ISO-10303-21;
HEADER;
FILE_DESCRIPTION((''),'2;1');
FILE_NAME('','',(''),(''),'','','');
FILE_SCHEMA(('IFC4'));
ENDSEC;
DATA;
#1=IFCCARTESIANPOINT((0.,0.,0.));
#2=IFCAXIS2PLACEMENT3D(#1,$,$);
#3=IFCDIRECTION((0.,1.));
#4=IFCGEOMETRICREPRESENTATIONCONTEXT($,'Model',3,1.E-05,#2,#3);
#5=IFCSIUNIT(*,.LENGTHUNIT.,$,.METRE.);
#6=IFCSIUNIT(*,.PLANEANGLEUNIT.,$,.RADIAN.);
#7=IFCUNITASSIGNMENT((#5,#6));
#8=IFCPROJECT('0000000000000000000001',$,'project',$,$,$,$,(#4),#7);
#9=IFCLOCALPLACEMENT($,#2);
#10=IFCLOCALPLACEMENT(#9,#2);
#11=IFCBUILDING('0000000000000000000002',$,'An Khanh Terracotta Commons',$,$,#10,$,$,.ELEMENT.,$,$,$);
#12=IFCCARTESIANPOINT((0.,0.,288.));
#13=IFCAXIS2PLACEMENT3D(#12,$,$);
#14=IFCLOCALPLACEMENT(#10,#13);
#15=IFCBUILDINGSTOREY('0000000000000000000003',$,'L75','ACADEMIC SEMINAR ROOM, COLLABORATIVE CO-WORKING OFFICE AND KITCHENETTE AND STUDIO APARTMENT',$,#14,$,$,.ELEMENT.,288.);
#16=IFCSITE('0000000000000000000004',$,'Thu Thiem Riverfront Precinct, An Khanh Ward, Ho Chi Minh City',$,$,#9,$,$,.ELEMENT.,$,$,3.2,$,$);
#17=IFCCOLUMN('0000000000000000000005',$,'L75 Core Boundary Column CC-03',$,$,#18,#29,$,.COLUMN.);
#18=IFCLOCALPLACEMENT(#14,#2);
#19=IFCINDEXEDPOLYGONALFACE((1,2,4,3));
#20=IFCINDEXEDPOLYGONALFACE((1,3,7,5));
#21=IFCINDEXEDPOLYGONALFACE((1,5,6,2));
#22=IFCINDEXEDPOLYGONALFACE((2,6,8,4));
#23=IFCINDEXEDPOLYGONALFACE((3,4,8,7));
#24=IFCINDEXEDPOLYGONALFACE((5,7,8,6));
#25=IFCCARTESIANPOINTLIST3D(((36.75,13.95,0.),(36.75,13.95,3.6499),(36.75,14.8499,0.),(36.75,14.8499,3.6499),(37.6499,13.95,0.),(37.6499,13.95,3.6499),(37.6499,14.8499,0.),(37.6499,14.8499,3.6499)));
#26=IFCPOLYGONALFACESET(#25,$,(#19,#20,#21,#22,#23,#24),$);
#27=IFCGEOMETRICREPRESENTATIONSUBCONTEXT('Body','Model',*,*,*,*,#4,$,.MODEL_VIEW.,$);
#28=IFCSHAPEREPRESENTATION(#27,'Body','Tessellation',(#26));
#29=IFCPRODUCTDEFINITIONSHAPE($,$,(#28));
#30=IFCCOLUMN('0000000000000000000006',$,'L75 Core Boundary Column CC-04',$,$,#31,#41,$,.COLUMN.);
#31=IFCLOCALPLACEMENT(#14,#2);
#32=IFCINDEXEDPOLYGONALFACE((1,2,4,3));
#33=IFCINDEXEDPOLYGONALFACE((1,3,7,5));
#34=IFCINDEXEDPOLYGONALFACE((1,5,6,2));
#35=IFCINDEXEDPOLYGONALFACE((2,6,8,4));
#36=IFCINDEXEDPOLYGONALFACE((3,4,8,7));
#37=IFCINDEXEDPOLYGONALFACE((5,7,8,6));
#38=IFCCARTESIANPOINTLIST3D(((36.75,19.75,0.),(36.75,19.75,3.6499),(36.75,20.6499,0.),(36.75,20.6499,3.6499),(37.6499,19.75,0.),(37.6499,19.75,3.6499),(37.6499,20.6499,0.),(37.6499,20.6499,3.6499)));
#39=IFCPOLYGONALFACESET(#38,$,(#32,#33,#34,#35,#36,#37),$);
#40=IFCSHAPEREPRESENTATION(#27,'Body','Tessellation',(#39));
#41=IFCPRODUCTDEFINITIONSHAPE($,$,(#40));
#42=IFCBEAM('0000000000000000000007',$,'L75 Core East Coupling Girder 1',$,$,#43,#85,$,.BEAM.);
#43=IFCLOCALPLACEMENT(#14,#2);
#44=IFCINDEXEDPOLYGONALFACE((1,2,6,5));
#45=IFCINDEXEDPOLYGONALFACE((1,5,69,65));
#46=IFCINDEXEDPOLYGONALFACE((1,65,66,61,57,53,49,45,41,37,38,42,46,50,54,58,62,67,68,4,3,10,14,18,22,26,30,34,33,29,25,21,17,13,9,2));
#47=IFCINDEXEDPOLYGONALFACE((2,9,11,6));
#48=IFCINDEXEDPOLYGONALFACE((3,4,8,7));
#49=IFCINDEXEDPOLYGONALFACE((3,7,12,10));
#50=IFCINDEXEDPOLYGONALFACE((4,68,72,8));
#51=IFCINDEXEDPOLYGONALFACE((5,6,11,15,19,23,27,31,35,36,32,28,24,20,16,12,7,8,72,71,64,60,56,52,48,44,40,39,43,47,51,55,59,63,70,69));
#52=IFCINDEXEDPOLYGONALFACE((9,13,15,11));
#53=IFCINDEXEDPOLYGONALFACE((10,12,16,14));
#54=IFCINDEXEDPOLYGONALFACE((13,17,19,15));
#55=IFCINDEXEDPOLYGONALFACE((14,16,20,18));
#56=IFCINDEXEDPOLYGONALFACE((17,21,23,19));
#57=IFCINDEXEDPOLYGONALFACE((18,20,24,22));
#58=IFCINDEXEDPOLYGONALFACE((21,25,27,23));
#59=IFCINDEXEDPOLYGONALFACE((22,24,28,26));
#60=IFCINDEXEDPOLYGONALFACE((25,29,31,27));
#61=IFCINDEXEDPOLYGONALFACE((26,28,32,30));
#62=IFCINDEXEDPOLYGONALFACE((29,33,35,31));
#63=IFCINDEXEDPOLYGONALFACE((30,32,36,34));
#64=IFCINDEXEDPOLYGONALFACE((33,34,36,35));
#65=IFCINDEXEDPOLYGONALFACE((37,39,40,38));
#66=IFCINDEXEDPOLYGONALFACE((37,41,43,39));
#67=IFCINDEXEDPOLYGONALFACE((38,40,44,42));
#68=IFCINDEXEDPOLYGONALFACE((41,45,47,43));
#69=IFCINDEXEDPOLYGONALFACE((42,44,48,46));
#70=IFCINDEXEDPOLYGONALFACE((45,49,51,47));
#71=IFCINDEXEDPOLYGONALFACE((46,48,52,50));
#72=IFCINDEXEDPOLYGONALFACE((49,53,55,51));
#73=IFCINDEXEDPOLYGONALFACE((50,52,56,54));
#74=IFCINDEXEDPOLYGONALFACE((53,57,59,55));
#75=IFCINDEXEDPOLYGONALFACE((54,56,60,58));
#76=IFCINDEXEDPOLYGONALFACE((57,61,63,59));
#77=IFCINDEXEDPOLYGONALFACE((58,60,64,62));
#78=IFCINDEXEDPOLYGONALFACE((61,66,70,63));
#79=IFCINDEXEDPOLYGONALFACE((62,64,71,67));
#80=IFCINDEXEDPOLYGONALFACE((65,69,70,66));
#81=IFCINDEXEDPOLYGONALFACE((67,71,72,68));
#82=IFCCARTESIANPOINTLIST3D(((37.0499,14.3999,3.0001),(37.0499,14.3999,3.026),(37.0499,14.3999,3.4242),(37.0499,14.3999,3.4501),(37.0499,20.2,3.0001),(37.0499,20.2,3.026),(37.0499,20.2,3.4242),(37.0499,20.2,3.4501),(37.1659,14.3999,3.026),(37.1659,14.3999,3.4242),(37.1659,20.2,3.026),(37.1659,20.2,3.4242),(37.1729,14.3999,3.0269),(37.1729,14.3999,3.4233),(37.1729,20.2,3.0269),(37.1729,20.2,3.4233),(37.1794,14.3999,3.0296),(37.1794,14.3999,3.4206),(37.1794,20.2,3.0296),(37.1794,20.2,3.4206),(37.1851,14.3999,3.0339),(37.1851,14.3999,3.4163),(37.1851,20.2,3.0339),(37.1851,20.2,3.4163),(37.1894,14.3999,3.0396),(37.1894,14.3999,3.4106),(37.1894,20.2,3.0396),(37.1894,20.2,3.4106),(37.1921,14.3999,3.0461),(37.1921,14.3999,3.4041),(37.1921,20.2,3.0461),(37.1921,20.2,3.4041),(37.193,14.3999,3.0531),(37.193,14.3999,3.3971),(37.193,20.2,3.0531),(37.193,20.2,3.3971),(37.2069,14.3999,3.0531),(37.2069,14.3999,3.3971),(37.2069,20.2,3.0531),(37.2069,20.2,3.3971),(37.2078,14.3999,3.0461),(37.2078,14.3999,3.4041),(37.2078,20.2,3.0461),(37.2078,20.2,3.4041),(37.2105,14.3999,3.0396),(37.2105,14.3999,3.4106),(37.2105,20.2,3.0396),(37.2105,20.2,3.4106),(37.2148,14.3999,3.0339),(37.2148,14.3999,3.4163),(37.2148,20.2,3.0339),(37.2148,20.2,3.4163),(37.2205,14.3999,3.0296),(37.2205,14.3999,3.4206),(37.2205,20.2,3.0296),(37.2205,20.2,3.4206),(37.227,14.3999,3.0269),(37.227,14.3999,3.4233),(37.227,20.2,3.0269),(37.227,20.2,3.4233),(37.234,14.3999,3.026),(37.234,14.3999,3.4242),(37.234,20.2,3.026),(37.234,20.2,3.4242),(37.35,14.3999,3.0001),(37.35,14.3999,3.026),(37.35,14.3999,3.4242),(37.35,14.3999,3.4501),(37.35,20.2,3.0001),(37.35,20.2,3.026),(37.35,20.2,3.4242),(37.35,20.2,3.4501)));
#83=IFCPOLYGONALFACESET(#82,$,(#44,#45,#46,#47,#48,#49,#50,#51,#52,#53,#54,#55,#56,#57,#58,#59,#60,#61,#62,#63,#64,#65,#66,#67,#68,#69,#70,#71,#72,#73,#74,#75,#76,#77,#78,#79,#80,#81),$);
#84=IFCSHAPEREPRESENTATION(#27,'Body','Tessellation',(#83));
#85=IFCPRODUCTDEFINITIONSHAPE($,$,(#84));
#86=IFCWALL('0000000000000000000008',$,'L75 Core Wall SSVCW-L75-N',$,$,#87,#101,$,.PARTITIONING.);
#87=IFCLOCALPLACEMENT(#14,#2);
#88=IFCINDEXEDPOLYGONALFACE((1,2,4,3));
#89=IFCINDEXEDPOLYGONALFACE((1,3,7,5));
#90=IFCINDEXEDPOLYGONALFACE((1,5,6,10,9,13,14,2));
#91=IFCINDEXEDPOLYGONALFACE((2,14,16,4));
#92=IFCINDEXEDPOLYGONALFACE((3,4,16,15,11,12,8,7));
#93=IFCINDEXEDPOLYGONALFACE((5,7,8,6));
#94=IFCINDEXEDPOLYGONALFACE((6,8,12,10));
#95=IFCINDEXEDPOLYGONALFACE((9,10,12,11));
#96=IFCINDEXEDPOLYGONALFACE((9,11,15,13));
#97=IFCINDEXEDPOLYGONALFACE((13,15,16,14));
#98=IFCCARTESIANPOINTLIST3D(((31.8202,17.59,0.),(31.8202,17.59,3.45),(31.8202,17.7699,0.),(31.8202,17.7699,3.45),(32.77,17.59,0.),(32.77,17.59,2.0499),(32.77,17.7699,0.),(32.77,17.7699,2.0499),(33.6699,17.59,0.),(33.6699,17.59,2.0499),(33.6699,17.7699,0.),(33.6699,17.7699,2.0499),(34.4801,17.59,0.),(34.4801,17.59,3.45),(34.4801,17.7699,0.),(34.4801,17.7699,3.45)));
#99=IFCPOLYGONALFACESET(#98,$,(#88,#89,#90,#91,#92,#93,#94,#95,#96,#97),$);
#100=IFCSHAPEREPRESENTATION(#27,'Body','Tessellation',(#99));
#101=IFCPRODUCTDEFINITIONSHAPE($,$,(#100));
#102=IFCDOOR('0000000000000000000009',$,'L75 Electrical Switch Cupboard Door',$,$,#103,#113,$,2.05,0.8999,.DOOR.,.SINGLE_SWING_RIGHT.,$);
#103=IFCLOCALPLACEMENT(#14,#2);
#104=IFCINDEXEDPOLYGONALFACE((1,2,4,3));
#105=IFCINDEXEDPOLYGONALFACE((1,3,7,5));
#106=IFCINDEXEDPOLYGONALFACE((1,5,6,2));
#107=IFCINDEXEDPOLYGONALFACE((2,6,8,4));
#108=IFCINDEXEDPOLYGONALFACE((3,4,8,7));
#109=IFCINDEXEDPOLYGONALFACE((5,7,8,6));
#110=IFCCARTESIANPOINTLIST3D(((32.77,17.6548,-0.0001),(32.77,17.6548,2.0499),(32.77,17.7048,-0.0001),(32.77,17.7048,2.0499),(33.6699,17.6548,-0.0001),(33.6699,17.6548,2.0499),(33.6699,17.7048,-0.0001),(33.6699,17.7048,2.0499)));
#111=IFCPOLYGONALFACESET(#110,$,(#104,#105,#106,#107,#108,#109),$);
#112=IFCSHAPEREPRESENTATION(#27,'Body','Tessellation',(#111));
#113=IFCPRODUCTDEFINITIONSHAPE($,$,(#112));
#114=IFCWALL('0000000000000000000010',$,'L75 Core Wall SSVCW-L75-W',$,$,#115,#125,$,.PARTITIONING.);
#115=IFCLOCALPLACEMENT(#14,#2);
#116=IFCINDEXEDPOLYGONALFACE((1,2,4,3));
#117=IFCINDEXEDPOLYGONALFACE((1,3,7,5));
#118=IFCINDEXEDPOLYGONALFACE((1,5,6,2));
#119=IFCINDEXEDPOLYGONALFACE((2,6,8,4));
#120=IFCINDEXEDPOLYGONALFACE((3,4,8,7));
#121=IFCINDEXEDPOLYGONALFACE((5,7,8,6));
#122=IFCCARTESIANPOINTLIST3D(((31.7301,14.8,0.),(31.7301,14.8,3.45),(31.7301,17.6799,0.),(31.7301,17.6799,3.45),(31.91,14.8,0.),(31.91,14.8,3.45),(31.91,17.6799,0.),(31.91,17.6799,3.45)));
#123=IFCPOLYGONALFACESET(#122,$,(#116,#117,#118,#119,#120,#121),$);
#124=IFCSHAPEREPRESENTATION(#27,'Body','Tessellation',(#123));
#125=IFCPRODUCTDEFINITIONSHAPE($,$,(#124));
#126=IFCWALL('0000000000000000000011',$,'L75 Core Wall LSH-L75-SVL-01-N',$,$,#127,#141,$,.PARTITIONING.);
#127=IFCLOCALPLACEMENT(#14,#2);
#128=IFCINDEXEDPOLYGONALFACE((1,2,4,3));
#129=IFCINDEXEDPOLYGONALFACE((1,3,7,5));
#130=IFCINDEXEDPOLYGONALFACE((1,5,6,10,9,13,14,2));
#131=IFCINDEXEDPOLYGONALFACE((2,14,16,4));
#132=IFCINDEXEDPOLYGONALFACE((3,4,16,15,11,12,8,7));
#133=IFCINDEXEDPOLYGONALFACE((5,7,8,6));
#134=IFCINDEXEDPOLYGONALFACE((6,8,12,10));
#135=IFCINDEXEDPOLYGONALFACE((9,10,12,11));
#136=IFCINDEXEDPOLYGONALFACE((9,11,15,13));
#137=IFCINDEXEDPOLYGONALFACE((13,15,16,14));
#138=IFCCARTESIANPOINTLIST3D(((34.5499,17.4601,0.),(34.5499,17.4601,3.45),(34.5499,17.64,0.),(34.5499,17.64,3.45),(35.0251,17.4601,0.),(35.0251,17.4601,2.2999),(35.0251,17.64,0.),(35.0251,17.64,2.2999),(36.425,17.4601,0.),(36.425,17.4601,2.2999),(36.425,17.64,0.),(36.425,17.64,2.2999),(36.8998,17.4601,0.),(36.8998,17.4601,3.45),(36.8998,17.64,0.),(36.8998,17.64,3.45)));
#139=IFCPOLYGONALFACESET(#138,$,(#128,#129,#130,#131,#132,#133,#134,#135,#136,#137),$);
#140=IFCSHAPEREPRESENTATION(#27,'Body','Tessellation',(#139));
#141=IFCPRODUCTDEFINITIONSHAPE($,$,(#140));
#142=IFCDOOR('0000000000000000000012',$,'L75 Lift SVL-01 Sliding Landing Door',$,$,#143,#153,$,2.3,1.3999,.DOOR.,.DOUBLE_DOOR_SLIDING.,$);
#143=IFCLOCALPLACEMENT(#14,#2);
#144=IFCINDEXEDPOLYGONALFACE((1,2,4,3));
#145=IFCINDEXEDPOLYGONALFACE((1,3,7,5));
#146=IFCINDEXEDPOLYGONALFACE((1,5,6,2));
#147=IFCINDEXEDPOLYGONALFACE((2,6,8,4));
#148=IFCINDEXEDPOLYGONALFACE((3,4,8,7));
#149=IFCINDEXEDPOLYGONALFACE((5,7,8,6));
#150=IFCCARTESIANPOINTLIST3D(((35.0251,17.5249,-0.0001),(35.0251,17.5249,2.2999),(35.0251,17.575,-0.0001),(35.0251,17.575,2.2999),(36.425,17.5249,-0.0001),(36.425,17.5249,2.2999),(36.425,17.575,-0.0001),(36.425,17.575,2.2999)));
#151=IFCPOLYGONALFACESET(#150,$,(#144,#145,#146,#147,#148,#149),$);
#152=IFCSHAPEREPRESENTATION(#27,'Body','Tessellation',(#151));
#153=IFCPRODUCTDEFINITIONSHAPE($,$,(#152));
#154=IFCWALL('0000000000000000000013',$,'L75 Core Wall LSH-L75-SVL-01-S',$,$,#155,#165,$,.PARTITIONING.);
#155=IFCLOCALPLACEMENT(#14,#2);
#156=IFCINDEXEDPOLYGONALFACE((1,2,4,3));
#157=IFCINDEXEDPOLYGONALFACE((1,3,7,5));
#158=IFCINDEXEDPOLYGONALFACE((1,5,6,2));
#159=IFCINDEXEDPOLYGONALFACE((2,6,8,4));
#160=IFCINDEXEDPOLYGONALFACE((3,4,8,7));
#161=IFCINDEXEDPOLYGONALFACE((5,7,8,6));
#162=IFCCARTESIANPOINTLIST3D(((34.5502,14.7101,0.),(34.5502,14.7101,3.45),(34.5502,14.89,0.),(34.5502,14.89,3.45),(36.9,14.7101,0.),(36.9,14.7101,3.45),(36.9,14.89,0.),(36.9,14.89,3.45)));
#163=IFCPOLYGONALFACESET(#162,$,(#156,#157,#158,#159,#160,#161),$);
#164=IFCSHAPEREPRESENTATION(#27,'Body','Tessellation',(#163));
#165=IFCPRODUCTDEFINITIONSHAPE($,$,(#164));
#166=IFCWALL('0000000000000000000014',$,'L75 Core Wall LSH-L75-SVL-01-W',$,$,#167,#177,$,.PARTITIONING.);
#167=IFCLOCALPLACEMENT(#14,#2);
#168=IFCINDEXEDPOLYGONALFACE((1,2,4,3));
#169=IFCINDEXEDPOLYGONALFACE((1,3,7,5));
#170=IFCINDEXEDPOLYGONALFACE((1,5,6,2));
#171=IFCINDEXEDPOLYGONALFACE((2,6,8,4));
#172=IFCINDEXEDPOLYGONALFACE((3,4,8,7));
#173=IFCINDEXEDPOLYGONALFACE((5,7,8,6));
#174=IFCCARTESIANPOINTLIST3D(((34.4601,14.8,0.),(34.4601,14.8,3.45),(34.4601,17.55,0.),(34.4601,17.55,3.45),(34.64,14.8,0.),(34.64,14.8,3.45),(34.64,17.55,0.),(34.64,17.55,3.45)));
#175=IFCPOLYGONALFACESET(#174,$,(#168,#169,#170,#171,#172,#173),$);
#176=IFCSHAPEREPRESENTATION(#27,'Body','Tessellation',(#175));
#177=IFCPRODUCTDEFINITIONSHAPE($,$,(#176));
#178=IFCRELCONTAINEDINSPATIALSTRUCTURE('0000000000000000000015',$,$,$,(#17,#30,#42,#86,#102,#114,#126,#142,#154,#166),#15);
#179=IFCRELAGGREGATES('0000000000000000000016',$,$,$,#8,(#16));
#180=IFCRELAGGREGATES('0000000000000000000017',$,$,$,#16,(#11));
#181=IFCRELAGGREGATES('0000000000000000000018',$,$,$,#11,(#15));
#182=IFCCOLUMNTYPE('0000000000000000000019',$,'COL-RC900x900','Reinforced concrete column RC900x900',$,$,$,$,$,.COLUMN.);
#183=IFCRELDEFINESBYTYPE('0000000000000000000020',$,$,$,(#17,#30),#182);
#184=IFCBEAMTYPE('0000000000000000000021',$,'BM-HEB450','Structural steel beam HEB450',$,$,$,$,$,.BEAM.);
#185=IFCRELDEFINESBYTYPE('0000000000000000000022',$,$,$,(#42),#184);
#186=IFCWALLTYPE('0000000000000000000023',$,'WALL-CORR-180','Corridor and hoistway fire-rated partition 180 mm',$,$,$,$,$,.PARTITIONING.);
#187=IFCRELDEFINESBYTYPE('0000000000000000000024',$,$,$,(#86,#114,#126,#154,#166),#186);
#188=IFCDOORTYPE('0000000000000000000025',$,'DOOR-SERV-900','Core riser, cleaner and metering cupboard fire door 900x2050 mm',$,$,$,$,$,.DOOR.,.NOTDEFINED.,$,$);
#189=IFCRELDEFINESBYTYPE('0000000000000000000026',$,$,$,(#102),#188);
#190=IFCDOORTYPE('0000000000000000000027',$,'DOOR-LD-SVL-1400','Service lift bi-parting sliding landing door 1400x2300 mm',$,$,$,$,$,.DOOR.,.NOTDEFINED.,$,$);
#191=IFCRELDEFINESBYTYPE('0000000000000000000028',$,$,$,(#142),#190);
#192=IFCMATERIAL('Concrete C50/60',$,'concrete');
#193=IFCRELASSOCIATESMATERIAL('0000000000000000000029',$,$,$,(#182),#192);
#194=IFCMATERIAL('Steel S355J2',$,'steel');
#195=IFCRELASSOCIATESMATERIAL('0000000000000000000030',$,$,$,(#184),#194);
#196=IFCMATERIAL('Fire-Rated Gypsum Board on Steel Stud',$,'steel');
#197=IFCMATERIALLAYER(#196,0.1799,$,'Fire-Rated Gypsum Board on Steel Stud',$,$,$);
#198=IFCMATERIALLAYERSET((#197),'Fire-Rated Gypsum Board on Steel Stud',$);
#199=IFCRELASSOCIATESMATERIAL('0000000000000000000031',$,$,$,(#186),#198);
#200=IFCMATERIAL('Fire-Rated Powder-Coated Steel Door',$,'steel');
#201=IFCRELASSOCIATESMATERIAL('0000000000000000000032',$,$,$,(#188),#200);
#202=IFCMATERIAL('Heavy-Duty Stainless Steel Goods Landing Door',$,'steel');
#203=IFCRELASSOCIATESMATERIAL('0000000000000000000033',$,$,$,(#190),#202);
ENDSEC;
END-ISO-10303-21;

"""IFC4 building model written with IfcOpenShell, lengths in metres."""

from ifc_helpers import new_model, si_unit, direction, frame, frame_2d, origin, origin_2d, place, context, subcontext, project, spatial, rectangle, i_section, extrude, material, layer, layer_set, material_profile, profile_set, type_object, element, fill, save


model = new_model("IFC4")

# Units and contexts
model_context = context("Model", 3, precision=1e-05, world=origin(), true_north=direction((0.0, 1.0)))
body_context = subcontext(model_context, "Body", "Model", "MODEL_VIEW")
ifc_project = project(units=[si_unit("LENGTHUNIT", "METRE"), si_unit("PLANEANGLEUNIT", "RADIAN")], contexts=[model_context])

# Site, building, storey
site_placement = place(None, origin())
site = spatial("IfcSite", under=ifc_project, at=site_placement, Name="Thu Thiem Riverfront Precinct, An Khanh Ward, Ho Chi Minh City", CompositionType="ELEMENT", RefElevation=3.2)
building_placement = place(site_placement, origin())
building = spatial("IfcBuilding", under=site, at=building_placement, Name="An Khanh Terracotta Commons", CompositionType="ELEMENT")
storey_placement = place(building_placement, frame((0.0, 0.0, 288.0)))
storey = spatial("IfcBuildingStorey", under=building, at=storey_placement, Name="L75", Description="ACADEMIC SEMINAR ROOM, COLLABORATIVE CO-WORKING OFFICE AND KITCHENETTE AND STUDIO APARTMENT", CompositionType="ELEMENT", Elevation=288.0)

# Columns
ifc_material_1 = material(Name="Concrete C50/60", Category="concrete")
ifc_material_profile_1 = material_profile(ifc_material_1, rectangle(XDim=0.8999, YDim=0.8999, at=origin_2d()), Name="RC900x900")
ifc_profile_set_1 = profile_set([ifc_material_profile_1], Name="Concrete C50/60")
column_type = type_object("IfcColumnType", Name="COL-RC900x900", Description="Reinforced concrete column RC900x900", PredefinedType="COLUMN", material=ifc_profile_set_1)
for number, where, z_axis, x_axis, name in (
    (1, (37.2, 14.3999, 0.0), (0.0, 0.0, 1.0), (1.0, 0.0, 0.0), "L75 Core Boundary Column CC-03"),
    (2, (37.2, 20.2, 0.0), (0.0, 0.0, 1.0), (1.0, 0.0, 0.0), "L75 Core Boundary Column CC-04"),
):
    element("IfcColumn", number, at=place(storey_placement, frame(where, z_axis=z_axis, x_axis=x_axis)), inside=storey, type_object=column_type, Name=name, PredefinedType="COLUMN", context=body_context, shape_type="SweptSolid", body=[
        extrude(rectangle(XDim=0.8999, YDim=0.8999, at=origin_2d()), origin(), (0.0, 0.0, 1.0), 3.6499),
    ])

# Beam
ifc_material_2 = material(Name="Steel S355J2", Category="steel")
ifc_material_profile_2 = material_profile(ifc_material_2, i_section(OverallWidth=0.3, OverallDepth=0.45, WebThickness=0.0139, FlangeThickness=0.0259, FilletRadius=0.0271, at=origin_2d()), Name="HEB450")
ifc_profile_set_2 = profile_set([ifc_material_profile_2], Name="Steel S355J2")
beam_type = type_object("IfcBeamType", Name="BM-HEB450", Description="Structural steel beam HEB450", PredefinedType="BEAM", material=ifc_profile_set_2)
beam_placement = place(storey_placement, frame((37.2, 14.3999, 3.2251), z_axis=(0.0, 1.0, 0.0), x_axis=(-1.0, 0.0, 0.0)))
element("IfcBeam", 3, at=beam_placement, inside=storey, type_object=beam_type, Name="L75 Core East Coupling Girder 1", PredefinedType="BEAM", context=body_context, shape_type="SweptSolid", body=[
    extrude(i_section(OverallWidth=0.3, OverallDepth=0.45, WebThickness=0.0139, FlangeThickness=0.0259, FilletRadius=0.0271, at=origin_2d()), origin(), (0.0, 0.0, 1.0), 5.8),
])

# Wall, opening, door
ifc_material_3 = material(Name="Fire-Rated Gypsum Board on Steel Stud", Category="steel")
ifc_layer_1 = layer(ifc_material_3, 0.1799, Name="Fire-Rated Gypsum Board on Steel Stud")
ifc_layer_set_1 = layer_set([ifc_layer_1], Name="Fire-Rated Gypsum Board on Steel Stud")
wall_type_1 = type_object("IfcWallType", Name="WALL-CORR-180", Description="Corridor and hoistway fire-rated partition 180 mm", PredefinedType="PARTITIONING", material=ifc_layer_set_1)
wall_1_placement = place(storey_placement, frame((31.8201, 17.6799, 0.0), z_axis=(0.0, 0.0, 1.0), x_axis=(1.0, 0.0, 0.0)))
wall_1 = element("IfcWall", 4, at=wall_1_placement, inside=storey, type_object=wall_type_1, Name="L75 Core Wall SSVCW-L75-N", PredefinedType="PARTITIONING", context=body_context, shape_type="SweptSolid", body=[
    extrude(rectangle(XDim=2.6599, YDim=0.1799, at=frame_2d((1.3301, 0.0))), origin(), (0.0, 0.0, 1.0), 3.45),
])
opening_1_placement = place(wall_1_placement, frame((0.95, 0.0, 0.0)))
opening_1 = element("IfcOpeningElement", 5, at=opening_1_placement, cuts=wall_1, PredefinedType="OPENING", context=body_context, shape_type="SweptSolid", body=[
    extrude(rectangle(XDim=0.8999, YDim=2.05, at=frame_2d((0.45, 1.0249))), frame((0.0, 0.0999, 0.0), z_axis=(0.0, -1.0, 0.0), x_axis=(1.0, 0.0, 0.0)), (0.0, 0.0, 1.0), 0.2),
])
ifc_material_4 = material(Name="Fire-Rated Powder-Coated Steel Door", Category="steel")
door_type_1 = type_object("IfcDoorType", Name="DOOR-SERV-900", Description="Core riser, cleaner and metering cupboard fire door 900x2050 mm", OperationType="NOTDEFINED", PredefinedType="DOOR", material=ifc_material_4)
door_1_placement = place(opening_1_placement, origin())
door_1 = element("IfcDoor", 6, at=door_1_placement, inside=storey, type_object=door_type_1, Name="L75 Electrical Switch Cupboard Door", OperationType="SINGLE_SWING_RIGHT", OverallHeight=2.05, OverallWidth=0.8999, PredefinedType="DOOR", context=body_context, shape_type="SweptSolid", body=[
    extrude(rectangle(XDim=0.8999, YDim=2.05, at=frame_2d((0.45, 1.0249))), frame((0.0, 0.0249, 0.0), z_axis=(0.0, -1.0, 0.0), x_axis=(1.0, 0.0, 0.0)), (0.0, 0.0, 1.0), 0.05),
])
fill(opening_1, door_1)

# Wall
wall_2_placement = place(storey_placement, frame((31.8201, 14.8, 0.0), z_axis=(0.0, 0.0, 1.0), x_axis=(0.0, 1.0, 0.0)))
element("IfcWall", 7, at=wall_2_placement, inside=storey, type_object=wall_type_1, Name="L75 Core Wall SSVCW-L75-W", PredefinedType="PARTITIONING", context=body_context, shape_type="SweptSolid", body=[
    extrude(rectangle(XDim=2.8799, YDim=0.1799, at=frame_2d((1.4399, 0.0))), origin(), (0.0, 0.0, 1.0), 3.45),
])

# Wall, opening, door
wall_3_placement = place(storey_placement, frame((34.55, 17.55, 0.0), z_axis=(0.0, 0.0, 1.0), x_axis=(1.0, 0.0, 0.0)))
wall_3 = element("IfcWall", 8, at=wall_3_placement, inside=storey, type_object=wall_type_1, Name="L75 Core Wall LSH-L75-SVL-01-N", PredefinedType="PARTITIONING", context=body_context, shape_type="SweptSolid", body=[
    extrude(rectangle(XDim=2.3499, YDim=0.1799, at=frame_2d((1.1748, 0.0))), origin(), (0.0, 0.0, 1.0), 3.45),
])
opening_2_placement = place(wall_3_placement, frame((0.4751, 0.0, 0.0)))
opening_2 = element("IfcOpeningElement", 9, at=opening_2_placement, cuts=wall_3, PredefinedType="OPENING", context=body_context, shape_type="SweptSolid", body=[
    extrude(rectangle(XDim=1.3999, YDim=2.3, at=frame_2d((0.7, 1.1499))), frame((0.0, 0.0999, 0.0), z_axis=(0.0, -1.0, 0.0), x_axis=(1.0, 0.0, 0.0)), (0.0, 0.0, 1.0), 0.2),
])
ifc_material_5 = material(Name="Heavy-Duty Stainless Steel Goods Landing Door", Category="steel")
door_type_2 = type_object("IfcDoorType", Name="DOOR-LD-SVL-1400", Description="Service lift bi-parting sliding landing door 1400x2300 mm", OperationType="NOTDEFINED", PredefinedType="DOOR", material=ifc_material_5)
door_2_placement = place(opening_2_placement, origin())
door_2 = element("IfcDoor", 10, at=door_2_placement, inside=storey, type_object=door_type_2, Name="L75 Lift SVL-01 Sliding Landing Door", OperationType="DOUBLE_DOOR_SLIDING", OverallHeight=2.3, OverallWidth=1.3999, PredefinedType="DOOR", context=body_context, shape_type="SweptSolid", body=[
    extrude(rectangle(XDim=1.3999, YDim=2.3, at=frame_2d((0.7, 1.1499))), frame((0.0, 0.0249, 0.0), z_axis=(0.0, -1.0, 0.0), x_axis=(1.0, 0.0, 0.0)), (0.0, 0.0, 1.0), 0.05),
])
fill(opening_2, door_2)

# Walls
wall_4_placement = place(storey_placement, frame((36.8999, 14.8, 0.0), z_axis=(0.0, 0.0, 1.0), x_axis=(-1.0, 0.0, 0.0)))
element("IfcWall", 11, at=wall_4_placement, inside=storey, type_object=wall_type_1, Name="L75 Core Wall LSH-L75-SVL-01-S", PredefinedType="PARTITIONING", context=body_context, shape_type="SweptSolid", body=[
    extrude(rectangle(XDim=2.3499, YDim=0.1799, at=frame_2d((1.1748, 0.0))), origin(), (0.0, 0.0, 1.0), 3.45),
])
wall_5_placement = place(storey_placement, frame((34.55, 17.55, 0.0), z_axis=(0.0, 0.0, 1.0), x_axis=(0.0, -1.0, 0.0)))
element("IfcWall", 12, at=wall_5_placement, inside=storey, type_object=wall_type_1, Name="L75 Core Wall LSH-L75-SVL-01-W", PredefinedType="PARTITIONING", context=body_context, shape_type="SweptSolid", body=[
    extrude(rectangle(XDim=2.75, YDim=0.1799, at=frame_2d((1.375, 0.0))), origin(), (0.0, 0.0, 1.0), 3.45),
])

save(model, "model.ifc")
